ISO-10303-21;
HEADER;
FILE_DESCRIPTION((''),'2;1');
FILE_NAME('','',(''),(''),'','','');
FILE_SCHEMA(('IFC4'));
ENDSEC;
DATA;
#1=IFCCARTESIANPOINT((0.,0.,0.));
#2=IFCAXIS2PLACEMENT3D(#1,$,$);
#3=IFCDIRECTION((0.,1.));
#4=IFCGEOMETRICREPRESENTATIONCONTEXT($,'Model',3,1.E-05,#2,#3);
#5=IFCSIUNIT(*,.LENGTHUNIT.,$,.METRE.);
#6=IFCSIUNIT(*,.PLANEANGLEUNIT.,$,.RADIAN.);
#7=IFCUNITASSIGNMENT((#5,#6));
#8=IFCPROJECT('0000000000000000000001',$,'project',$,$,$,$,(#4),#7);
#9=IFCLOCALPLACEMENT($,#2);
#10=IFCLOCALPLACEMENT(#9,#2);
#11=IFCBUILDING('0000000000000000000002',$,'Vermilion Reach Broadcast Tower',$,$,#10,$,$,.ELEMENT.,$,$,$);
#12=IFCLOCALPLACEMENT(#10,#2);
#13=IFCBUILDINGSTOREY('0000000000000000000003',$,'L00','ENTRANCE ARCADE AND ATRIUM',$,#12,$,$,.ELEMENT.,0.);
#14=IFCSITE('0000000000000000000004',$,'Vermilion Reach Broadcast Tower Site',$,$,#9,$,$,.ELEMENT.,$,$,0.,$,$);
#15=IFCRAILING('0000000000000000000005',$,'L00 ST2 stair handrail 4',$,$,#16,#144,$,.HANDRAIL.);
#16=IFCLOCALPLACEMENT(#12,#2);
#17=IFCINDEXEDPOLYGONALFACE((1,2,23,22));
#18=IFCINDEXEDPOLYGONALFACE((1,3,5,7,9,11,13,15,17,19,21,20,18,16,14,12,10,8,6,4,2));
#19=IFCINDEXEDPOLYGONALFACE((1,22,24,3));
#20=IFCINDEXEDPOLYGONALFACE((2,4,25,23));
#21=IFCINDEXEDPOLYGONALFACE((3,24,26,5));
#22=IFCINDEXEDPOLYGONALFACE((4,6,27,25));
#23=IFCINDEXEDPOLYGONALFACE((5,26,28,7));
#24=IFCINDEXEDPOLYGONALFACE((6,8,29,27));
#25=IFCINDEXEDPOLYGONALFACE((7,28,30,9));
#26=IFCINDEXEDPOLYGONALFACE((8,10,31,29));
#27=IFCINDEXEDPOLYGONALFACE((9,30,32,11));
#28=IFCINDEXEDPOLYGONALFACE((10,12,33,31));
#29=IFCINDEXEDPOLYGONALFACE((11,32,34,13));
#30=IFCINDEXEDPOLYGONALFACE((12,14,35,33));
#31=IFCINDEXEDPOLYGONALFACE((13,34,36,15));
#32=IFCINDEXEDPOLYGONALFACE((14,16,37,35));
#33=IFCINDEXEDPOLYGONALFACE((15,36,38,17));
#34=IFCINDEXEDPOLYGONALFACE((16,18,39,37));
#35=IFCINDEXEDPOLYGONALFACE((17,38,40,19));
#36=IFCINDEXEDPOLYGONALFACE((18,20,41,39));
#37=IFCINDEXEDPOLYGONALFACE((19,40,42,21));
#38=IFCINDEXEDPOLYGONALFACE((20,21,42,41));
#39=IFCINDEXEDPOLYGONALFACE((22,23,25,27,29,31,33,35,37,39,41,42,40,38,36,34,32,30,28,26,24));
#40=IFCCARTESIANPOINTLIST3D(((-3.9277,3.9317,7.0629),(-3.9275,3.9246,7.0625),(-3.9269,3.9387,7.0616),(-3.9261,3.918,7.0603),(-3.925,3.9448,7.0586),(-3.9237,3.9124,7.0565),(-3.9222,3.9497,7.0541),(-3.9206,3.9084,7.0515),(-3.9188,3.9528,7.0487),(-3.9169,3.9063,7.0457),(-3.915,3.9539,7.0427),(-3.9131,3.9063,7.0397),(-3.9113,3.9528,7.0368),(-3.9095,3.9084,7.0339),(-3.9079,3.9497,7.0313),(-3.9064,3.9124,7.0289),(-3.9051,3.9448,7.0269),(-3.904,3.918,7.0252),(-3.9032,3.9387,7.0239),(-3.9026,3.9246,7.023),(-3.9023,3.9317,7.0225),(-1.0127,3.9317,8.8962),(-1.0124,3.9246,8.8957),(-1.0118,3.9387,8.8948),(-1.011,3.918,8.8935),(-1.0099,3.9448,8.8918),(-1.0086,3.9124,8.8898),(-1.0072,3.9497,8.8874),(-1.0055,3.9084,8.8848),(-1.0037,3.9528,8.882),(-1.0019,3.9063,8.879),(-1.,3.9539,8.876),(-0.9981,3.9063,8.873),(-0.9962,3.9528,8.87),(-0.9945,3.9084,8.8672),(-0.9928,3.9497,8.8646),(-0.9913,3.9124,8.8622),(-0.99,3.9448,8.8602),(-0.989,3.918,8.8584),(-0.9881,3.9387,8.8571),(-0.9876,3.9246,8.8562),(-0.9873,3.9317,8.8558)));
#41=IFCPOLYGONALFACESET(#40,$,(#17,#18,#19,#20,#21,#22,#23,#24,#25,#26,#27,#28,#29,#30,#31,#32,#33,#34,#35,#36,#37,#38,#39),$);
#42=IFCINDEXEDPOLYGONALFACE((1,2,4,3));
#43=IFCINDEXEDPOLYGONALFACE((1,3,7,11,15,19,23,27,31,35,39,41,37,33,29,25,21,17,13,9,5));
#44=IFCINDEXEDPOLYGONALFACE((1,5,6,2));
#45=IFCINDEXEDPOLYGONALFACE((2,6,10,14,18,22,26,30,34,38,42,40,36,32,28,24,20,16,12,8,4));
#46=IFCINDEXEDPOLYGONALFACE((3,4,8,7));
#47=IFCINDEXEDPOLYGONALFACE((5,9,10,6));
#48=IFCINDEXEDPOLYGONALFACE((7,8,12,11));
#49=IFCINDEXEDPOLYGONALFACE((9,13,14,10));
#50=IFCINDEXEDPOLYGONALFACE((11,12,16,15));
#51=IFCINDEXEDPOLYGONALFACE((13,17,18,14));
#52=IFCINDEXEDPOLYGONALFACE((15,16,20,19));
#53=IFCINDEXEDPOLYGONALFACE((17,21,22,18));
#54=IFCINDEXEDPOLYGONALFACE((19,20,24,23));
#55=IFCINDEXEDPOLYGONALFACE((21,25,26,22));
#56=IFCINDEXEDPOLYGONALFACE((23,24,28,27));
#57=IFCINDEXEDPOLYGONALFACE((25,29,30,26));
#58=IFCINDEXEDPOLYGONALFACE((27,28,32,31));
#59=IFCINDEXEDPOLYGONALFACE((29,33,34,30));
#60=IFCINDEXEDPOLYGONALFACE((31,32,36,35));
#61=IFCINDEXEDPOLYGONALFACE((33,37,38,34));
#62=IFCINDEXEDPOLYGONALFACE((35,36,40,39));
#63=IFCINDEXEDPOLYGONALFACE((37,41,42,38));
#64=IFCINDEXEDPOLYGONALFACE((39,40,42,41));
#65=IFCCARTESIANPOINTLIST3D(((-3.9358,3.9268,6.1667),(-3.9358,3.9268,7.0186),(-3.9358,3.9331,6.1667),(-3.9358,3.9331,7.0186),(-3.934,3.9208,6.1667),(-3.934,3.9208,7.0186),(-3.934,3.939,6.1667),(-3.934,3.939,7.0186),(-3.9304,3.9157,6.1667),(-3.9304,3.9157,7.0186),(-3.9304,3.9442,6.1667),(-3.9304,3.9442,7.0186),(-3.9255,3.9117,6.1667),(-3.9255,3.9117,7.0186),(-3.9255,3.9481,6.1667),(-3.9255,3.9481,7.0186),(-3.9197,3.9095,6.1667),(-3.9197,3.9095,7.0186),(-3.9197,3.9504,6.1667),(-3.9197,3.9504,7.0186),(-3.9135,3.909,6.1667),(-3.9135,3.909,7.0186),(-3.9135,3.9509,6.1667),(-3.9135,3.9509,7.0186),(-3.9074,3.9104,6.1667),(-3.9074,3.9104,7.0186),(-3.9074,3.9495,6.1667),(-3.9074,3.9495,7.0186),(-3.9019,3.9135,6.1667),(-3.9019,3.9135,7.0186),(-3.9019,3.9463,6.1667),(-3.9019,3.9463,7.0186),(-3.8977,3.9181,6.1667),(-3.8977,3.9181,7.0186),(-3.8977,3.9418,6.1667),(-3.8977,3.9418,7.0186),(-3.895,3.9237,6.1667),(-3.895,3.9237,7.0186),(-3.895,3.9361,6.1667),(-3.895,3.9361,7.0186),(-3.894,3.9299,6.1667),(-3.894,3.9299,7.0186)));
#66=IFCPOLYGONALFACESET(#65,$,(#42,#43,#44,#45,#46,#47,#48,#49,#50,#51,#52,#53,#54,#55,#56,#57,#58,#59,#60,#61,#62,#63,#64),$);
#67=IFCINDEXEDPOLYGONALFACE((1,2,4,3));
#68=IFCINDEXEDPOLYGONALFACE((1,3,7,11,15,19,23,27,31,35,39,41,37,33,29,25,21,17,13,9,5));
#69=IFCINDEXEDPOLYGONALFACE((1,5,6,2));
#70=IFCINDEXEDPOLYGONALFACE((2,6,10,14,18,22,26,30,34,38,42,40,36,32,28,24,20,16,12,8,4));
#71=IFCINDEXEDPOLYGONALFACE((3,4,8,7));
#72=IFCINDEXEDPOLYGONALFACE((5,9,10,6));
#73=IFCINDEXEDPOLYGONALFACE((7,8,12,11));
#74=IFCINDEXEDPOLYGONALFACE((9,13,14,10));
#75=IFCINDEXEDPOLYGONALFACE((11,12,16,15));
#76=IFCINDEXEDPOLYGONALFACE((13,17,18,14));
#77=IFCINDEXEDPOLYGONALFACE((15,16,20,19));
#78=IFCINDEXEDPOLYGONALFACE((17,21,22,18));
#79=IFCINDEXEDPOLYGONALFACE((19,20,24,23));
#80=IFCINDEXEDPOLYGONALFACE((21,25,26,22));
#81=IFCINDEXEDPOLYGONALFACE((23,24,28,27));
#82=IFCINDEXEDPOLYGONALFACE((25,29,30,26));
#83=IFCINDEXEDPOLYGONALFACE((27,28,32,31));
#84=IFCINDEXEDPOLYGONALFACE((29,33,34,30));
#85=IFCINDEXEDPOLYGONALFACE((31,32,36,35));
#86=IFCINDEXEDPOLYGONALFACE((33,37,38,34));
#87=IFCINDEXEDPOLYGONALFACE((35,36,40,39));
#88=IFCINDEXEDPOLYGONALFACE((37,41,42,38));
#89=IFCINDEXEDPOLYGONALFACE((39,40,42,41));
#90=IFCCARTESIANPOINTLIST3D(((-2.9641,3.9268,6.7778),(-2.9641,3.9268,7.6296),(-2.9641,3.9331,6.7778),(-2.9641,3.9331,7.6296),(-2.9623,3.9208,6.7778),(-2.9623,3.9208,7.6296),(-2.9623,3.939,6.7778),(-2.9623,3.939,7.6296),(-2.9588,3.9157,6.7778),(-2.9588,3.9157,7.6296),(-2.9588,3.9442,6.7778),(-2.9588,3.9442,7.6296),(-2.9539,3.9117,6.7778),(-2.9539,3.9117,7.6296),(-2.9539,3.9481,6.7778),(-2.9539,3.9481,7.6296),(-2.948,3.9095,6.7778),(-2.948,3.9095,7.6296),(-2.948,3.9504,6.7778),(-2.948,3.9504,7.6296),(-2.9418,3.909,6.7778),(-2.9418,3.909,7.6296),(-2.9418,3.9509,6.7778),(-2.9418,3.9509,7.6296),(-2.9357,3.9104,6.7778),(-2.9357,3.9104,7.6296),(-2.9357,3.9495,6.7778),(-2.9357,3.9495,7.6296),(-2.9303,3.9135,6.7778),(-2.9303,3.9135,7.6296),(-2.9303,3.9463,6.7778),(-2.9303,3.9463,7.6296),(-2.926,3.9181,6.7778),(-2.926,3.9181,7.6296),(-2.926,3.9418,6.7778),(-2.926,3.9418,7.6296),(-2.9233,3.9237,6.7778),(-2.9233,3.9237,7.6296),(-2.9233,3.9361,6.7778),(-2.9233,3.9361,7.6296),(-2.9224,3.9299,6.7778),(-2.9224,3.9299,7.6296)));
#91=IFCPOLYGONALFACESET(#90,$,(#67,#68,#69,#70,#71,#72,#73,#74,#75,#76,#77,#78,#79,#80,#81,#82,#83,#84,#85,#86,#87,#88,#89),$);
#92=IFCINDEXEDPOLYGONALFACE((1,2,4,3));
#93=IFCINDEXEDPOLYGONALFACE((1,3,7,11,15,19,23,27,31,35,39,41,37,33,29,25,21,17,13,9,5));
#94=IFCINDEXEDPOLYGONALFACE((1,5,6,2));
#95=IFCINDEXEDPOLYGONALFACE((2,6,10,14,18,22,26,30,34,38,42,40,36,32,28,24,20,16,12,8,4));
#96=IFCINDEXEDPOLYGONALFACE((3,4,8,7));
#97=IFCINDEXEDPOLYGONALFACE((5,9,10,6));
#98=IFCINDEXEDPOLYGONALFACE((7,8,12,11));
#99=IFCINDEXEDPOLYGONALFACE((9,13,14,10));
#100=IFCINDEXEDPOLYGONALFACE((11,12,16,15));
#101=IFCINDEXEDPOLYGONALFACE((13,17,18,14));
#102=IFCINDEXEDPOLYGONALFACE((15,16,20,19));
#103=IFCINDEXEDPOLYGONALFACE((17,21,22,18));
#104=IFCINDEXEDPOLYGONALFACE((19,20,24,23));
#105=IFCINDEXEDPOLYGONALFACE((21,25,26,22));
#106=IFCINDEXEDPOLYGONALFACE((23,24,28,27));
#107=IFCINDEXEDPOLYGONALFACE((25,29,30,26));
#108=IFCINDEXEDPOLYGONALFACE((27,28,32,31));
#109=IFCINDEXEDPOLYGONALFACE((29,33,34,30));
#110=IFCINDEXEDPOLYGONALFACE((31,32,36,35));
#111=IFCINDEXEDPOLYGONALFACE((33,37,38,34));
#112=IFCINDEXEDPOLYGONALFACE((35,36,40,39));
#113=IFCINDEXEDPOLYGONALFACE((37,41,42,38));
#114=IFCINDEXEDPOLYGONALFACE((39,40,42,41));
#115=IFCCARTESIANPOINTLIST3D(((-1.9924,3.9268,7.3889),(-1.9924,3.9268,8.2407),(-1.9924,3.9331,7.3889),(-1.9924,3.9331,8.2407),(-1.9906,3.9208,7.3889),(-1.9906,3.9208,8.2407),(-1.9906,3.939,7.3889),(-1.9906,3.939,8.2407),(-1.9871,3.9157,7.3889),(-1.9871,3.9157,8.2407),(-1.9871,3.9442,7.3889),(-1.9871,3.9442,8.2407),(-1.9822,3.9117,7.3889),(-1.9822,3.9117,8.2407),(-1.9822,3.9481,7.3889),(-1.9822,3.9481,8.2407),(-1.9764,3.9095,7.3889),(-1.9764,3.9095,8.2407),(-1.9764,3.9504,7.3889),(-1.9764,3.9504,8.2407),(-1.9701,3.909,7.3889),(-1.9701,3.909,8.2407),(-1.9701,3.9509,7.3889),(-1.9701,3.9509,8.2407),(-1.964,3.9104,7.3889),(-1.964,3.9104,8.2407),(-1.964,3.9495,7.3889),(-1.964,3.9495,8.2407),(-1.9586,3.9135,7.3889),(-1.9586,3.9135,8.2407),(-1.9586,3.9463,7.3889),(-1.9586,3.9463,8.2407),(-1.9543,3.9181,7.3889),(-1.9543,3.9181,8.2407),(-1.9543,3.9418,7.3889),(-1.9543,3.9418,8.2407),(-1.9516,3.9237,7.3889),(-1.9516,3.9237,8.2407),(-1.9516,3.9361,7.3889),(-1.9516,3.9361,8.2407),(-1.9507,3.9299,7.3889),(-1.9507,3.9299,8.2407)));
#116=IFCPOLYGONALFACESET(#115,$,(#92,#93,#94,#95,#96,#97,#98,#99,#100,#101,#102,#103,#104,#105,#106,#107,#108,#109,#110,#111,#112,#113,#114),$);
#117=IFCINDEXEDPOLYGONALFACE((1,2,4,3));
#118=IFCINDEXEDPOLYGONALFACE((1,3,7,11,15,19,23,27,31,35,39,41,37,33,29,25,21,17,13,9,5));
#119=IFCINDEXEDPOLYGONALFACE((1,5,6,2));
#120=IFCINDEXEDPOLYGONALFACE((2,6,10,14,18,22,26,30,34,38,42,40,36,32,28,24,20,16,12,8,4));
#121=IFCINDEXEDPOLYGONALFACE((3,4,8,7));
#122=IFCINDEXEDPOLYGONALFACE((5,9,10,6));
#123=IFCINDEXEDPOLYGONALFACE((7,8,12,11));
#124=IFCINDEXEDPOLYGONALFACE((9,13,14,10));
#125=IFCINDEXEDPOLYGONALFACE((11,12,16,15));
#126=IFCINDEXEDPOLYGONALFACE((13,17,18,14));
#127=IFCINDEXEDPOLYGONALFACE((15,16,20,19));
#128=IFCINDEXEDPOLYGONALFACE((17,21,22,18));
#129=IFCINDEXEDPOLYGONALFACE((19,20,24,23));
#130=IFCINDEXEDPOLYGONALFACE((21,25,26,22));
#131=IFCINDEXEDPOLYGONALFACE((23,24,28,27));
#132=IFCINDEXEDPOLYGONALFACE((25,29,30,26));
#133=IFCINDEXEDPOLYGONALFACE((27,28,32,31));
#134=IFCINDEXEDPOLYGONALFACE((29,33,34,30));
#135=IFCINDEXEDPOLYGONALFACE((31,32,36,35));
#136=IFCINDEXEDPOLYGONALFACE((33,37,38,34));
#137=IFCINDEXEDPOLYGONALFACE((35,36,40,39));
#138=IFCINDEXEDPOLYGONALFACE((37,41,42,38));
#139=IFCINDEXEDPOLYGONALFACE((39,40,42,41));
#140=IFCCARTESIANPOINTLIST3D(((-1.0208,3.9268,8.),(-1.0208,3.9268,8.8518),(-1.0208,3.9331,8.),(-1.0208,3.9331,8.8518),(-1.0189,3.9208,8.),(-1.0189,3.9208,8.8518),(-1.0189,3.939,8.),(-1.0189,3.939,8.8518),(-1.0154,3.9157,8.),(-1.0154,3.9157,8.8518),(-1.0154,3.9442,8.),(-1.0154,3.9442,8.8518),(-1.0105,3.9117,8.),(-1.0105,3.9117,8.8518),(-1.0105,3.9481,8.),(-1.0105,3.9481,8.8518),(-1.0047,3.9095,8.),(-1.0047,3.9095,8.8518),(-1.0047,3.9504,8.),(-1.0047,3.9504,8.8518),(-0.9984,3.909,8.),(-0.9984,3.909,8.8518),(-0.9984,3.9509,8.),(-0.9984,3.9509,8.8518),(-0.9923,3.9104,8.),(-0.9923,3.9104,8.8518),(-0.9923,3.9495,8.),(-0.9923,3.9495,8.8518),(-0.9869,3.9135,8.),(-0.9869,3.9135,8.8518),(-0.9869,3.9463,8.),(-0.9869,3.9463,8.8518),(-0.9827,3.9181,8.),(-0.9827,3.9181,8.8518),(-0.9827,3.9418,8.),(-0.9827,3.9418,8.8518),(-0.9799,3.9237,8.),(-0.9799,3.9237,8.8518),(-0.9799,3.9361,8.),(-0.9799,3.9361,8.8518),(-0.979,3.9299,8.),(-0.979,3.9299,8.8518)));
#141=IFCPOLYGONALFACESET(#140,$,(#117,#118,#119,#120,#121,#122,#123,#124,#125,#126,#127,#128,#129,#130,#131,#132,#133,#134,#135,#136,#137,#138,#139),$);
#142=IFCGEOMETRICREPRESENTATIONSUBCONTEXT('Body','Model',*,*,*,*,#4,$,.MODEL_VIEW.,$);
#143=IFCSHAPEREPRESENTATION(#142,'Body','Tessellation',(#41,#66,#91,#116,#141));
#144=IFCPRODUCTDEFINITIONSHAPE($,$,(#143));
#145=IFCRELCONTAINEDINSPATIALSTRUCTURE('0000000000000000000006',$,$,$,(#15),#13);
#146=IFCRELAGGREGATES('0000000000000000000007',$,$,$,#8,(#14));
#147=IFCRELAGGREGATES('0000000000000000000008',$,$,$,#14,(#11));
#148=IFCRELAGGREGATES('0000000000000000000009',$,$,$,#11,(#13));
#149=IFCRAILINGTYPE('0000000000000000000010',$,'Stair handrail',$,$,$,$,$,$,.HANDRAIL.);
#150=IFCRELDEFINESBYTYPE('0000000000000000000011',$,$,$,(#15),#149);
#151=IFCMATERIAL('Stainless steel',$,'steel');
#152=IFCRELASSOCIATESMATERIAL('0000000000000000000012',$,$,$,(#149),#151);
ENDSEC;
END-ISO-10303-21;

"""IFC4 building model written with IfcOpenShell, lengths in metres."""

from ifc_helpers import new_model, si_unit, direction, frame, origin, origin_2d, place, context, subcontext, project, spatial, circle, extrude, material, type_object, element, save


model = new_model("IFC4")

# Units and contexts
model_context = context("Model", 3, precision=1e-05, world=origin(), true_north=direction((0.0, 1.0)))
body_context = subcontext(model_context, "Body", "Model", "MODEL_VIEW")
ifc_project = project(units=[si_unit("LENGTHUNIT", "METRE"), si_unit("PLANEANGLEUNIT", "RADIAN")], contexts=[model_context])

# Site, building, storey
site_placement = place(None, origin())
site = spatial("IfcSite", under=ifc_project, at=site_placement, Name="Vermilion Reach Broadcast Tower Site", CompositionType="ELEMENT", RefElevation=0.0)
building_placement = place(site_placement, origin())
building = spatial("IfcBuilding", under=site, at=building_placement, Name="Vermilion Reach Broadcast Tower", CompositionType="ELEMENT")
storey_placement = place(building_placement, origin())
storey = spatial("IfcBuildingStorey", under=building, at=storey_placement, Name="L00", Description="ENTRANCE ARCADE AND ATRIUM", CompositionType="ELEMENT", Elevation=0.0)

# Railing
ifc_material_1 = material(Name="Stainless steel", Category="steel")
railing_type_1 = type_object("IfcRailingType", Name="Stair handrail", PredefinedType="HANDRAIL", material=ifc_material_1)
for number, where, name in (
    (1, (-3.915, 3.9299, 6.1667), "L00 ST2 stair handrail 4"),
):
    element("IfcRailing", number, at=place(storey_placement, frame(where)), inside=storey, type_object=railing_type_1, Name=name, PredefinedType="HANDRAIL", context=body_context, shape_type="SweptSolid", body=[
        extrude(circle(Radius=0.0239, at=origin_2d()), frame((0.0, 0.0, 0.876), z_axis=(0.846513, 0.0, 0.532368), x_axis=(0.0, 1.0, 0.0)), (0.0, 0.0, 1.0), 3.4436),
        extrude(circle(Radius=0.021, at=origin_2d()), origin(), (0.0, 0.0, 1.0), 0.8518),
        extrude(circle(Radius=0.021, at=origin_2d()), frame((0.9717, 0.0, 0.6111)), (0.0, 0.0, 1.0), 0.8518),
        extrude(circle(Radius=0.021, at=origin_2d()), frame((1.9434, 0.0, 1.2222)), (0.0, 0.0, 1.0), 0.8518),
        extrude(circle(Radius=0.021, at=origin_2d()), frame((2.915, 0.0, 1.8333)), (0.0, 0.0, 1.0), 0.8518),
    ])

save(model, "model.ifc")
